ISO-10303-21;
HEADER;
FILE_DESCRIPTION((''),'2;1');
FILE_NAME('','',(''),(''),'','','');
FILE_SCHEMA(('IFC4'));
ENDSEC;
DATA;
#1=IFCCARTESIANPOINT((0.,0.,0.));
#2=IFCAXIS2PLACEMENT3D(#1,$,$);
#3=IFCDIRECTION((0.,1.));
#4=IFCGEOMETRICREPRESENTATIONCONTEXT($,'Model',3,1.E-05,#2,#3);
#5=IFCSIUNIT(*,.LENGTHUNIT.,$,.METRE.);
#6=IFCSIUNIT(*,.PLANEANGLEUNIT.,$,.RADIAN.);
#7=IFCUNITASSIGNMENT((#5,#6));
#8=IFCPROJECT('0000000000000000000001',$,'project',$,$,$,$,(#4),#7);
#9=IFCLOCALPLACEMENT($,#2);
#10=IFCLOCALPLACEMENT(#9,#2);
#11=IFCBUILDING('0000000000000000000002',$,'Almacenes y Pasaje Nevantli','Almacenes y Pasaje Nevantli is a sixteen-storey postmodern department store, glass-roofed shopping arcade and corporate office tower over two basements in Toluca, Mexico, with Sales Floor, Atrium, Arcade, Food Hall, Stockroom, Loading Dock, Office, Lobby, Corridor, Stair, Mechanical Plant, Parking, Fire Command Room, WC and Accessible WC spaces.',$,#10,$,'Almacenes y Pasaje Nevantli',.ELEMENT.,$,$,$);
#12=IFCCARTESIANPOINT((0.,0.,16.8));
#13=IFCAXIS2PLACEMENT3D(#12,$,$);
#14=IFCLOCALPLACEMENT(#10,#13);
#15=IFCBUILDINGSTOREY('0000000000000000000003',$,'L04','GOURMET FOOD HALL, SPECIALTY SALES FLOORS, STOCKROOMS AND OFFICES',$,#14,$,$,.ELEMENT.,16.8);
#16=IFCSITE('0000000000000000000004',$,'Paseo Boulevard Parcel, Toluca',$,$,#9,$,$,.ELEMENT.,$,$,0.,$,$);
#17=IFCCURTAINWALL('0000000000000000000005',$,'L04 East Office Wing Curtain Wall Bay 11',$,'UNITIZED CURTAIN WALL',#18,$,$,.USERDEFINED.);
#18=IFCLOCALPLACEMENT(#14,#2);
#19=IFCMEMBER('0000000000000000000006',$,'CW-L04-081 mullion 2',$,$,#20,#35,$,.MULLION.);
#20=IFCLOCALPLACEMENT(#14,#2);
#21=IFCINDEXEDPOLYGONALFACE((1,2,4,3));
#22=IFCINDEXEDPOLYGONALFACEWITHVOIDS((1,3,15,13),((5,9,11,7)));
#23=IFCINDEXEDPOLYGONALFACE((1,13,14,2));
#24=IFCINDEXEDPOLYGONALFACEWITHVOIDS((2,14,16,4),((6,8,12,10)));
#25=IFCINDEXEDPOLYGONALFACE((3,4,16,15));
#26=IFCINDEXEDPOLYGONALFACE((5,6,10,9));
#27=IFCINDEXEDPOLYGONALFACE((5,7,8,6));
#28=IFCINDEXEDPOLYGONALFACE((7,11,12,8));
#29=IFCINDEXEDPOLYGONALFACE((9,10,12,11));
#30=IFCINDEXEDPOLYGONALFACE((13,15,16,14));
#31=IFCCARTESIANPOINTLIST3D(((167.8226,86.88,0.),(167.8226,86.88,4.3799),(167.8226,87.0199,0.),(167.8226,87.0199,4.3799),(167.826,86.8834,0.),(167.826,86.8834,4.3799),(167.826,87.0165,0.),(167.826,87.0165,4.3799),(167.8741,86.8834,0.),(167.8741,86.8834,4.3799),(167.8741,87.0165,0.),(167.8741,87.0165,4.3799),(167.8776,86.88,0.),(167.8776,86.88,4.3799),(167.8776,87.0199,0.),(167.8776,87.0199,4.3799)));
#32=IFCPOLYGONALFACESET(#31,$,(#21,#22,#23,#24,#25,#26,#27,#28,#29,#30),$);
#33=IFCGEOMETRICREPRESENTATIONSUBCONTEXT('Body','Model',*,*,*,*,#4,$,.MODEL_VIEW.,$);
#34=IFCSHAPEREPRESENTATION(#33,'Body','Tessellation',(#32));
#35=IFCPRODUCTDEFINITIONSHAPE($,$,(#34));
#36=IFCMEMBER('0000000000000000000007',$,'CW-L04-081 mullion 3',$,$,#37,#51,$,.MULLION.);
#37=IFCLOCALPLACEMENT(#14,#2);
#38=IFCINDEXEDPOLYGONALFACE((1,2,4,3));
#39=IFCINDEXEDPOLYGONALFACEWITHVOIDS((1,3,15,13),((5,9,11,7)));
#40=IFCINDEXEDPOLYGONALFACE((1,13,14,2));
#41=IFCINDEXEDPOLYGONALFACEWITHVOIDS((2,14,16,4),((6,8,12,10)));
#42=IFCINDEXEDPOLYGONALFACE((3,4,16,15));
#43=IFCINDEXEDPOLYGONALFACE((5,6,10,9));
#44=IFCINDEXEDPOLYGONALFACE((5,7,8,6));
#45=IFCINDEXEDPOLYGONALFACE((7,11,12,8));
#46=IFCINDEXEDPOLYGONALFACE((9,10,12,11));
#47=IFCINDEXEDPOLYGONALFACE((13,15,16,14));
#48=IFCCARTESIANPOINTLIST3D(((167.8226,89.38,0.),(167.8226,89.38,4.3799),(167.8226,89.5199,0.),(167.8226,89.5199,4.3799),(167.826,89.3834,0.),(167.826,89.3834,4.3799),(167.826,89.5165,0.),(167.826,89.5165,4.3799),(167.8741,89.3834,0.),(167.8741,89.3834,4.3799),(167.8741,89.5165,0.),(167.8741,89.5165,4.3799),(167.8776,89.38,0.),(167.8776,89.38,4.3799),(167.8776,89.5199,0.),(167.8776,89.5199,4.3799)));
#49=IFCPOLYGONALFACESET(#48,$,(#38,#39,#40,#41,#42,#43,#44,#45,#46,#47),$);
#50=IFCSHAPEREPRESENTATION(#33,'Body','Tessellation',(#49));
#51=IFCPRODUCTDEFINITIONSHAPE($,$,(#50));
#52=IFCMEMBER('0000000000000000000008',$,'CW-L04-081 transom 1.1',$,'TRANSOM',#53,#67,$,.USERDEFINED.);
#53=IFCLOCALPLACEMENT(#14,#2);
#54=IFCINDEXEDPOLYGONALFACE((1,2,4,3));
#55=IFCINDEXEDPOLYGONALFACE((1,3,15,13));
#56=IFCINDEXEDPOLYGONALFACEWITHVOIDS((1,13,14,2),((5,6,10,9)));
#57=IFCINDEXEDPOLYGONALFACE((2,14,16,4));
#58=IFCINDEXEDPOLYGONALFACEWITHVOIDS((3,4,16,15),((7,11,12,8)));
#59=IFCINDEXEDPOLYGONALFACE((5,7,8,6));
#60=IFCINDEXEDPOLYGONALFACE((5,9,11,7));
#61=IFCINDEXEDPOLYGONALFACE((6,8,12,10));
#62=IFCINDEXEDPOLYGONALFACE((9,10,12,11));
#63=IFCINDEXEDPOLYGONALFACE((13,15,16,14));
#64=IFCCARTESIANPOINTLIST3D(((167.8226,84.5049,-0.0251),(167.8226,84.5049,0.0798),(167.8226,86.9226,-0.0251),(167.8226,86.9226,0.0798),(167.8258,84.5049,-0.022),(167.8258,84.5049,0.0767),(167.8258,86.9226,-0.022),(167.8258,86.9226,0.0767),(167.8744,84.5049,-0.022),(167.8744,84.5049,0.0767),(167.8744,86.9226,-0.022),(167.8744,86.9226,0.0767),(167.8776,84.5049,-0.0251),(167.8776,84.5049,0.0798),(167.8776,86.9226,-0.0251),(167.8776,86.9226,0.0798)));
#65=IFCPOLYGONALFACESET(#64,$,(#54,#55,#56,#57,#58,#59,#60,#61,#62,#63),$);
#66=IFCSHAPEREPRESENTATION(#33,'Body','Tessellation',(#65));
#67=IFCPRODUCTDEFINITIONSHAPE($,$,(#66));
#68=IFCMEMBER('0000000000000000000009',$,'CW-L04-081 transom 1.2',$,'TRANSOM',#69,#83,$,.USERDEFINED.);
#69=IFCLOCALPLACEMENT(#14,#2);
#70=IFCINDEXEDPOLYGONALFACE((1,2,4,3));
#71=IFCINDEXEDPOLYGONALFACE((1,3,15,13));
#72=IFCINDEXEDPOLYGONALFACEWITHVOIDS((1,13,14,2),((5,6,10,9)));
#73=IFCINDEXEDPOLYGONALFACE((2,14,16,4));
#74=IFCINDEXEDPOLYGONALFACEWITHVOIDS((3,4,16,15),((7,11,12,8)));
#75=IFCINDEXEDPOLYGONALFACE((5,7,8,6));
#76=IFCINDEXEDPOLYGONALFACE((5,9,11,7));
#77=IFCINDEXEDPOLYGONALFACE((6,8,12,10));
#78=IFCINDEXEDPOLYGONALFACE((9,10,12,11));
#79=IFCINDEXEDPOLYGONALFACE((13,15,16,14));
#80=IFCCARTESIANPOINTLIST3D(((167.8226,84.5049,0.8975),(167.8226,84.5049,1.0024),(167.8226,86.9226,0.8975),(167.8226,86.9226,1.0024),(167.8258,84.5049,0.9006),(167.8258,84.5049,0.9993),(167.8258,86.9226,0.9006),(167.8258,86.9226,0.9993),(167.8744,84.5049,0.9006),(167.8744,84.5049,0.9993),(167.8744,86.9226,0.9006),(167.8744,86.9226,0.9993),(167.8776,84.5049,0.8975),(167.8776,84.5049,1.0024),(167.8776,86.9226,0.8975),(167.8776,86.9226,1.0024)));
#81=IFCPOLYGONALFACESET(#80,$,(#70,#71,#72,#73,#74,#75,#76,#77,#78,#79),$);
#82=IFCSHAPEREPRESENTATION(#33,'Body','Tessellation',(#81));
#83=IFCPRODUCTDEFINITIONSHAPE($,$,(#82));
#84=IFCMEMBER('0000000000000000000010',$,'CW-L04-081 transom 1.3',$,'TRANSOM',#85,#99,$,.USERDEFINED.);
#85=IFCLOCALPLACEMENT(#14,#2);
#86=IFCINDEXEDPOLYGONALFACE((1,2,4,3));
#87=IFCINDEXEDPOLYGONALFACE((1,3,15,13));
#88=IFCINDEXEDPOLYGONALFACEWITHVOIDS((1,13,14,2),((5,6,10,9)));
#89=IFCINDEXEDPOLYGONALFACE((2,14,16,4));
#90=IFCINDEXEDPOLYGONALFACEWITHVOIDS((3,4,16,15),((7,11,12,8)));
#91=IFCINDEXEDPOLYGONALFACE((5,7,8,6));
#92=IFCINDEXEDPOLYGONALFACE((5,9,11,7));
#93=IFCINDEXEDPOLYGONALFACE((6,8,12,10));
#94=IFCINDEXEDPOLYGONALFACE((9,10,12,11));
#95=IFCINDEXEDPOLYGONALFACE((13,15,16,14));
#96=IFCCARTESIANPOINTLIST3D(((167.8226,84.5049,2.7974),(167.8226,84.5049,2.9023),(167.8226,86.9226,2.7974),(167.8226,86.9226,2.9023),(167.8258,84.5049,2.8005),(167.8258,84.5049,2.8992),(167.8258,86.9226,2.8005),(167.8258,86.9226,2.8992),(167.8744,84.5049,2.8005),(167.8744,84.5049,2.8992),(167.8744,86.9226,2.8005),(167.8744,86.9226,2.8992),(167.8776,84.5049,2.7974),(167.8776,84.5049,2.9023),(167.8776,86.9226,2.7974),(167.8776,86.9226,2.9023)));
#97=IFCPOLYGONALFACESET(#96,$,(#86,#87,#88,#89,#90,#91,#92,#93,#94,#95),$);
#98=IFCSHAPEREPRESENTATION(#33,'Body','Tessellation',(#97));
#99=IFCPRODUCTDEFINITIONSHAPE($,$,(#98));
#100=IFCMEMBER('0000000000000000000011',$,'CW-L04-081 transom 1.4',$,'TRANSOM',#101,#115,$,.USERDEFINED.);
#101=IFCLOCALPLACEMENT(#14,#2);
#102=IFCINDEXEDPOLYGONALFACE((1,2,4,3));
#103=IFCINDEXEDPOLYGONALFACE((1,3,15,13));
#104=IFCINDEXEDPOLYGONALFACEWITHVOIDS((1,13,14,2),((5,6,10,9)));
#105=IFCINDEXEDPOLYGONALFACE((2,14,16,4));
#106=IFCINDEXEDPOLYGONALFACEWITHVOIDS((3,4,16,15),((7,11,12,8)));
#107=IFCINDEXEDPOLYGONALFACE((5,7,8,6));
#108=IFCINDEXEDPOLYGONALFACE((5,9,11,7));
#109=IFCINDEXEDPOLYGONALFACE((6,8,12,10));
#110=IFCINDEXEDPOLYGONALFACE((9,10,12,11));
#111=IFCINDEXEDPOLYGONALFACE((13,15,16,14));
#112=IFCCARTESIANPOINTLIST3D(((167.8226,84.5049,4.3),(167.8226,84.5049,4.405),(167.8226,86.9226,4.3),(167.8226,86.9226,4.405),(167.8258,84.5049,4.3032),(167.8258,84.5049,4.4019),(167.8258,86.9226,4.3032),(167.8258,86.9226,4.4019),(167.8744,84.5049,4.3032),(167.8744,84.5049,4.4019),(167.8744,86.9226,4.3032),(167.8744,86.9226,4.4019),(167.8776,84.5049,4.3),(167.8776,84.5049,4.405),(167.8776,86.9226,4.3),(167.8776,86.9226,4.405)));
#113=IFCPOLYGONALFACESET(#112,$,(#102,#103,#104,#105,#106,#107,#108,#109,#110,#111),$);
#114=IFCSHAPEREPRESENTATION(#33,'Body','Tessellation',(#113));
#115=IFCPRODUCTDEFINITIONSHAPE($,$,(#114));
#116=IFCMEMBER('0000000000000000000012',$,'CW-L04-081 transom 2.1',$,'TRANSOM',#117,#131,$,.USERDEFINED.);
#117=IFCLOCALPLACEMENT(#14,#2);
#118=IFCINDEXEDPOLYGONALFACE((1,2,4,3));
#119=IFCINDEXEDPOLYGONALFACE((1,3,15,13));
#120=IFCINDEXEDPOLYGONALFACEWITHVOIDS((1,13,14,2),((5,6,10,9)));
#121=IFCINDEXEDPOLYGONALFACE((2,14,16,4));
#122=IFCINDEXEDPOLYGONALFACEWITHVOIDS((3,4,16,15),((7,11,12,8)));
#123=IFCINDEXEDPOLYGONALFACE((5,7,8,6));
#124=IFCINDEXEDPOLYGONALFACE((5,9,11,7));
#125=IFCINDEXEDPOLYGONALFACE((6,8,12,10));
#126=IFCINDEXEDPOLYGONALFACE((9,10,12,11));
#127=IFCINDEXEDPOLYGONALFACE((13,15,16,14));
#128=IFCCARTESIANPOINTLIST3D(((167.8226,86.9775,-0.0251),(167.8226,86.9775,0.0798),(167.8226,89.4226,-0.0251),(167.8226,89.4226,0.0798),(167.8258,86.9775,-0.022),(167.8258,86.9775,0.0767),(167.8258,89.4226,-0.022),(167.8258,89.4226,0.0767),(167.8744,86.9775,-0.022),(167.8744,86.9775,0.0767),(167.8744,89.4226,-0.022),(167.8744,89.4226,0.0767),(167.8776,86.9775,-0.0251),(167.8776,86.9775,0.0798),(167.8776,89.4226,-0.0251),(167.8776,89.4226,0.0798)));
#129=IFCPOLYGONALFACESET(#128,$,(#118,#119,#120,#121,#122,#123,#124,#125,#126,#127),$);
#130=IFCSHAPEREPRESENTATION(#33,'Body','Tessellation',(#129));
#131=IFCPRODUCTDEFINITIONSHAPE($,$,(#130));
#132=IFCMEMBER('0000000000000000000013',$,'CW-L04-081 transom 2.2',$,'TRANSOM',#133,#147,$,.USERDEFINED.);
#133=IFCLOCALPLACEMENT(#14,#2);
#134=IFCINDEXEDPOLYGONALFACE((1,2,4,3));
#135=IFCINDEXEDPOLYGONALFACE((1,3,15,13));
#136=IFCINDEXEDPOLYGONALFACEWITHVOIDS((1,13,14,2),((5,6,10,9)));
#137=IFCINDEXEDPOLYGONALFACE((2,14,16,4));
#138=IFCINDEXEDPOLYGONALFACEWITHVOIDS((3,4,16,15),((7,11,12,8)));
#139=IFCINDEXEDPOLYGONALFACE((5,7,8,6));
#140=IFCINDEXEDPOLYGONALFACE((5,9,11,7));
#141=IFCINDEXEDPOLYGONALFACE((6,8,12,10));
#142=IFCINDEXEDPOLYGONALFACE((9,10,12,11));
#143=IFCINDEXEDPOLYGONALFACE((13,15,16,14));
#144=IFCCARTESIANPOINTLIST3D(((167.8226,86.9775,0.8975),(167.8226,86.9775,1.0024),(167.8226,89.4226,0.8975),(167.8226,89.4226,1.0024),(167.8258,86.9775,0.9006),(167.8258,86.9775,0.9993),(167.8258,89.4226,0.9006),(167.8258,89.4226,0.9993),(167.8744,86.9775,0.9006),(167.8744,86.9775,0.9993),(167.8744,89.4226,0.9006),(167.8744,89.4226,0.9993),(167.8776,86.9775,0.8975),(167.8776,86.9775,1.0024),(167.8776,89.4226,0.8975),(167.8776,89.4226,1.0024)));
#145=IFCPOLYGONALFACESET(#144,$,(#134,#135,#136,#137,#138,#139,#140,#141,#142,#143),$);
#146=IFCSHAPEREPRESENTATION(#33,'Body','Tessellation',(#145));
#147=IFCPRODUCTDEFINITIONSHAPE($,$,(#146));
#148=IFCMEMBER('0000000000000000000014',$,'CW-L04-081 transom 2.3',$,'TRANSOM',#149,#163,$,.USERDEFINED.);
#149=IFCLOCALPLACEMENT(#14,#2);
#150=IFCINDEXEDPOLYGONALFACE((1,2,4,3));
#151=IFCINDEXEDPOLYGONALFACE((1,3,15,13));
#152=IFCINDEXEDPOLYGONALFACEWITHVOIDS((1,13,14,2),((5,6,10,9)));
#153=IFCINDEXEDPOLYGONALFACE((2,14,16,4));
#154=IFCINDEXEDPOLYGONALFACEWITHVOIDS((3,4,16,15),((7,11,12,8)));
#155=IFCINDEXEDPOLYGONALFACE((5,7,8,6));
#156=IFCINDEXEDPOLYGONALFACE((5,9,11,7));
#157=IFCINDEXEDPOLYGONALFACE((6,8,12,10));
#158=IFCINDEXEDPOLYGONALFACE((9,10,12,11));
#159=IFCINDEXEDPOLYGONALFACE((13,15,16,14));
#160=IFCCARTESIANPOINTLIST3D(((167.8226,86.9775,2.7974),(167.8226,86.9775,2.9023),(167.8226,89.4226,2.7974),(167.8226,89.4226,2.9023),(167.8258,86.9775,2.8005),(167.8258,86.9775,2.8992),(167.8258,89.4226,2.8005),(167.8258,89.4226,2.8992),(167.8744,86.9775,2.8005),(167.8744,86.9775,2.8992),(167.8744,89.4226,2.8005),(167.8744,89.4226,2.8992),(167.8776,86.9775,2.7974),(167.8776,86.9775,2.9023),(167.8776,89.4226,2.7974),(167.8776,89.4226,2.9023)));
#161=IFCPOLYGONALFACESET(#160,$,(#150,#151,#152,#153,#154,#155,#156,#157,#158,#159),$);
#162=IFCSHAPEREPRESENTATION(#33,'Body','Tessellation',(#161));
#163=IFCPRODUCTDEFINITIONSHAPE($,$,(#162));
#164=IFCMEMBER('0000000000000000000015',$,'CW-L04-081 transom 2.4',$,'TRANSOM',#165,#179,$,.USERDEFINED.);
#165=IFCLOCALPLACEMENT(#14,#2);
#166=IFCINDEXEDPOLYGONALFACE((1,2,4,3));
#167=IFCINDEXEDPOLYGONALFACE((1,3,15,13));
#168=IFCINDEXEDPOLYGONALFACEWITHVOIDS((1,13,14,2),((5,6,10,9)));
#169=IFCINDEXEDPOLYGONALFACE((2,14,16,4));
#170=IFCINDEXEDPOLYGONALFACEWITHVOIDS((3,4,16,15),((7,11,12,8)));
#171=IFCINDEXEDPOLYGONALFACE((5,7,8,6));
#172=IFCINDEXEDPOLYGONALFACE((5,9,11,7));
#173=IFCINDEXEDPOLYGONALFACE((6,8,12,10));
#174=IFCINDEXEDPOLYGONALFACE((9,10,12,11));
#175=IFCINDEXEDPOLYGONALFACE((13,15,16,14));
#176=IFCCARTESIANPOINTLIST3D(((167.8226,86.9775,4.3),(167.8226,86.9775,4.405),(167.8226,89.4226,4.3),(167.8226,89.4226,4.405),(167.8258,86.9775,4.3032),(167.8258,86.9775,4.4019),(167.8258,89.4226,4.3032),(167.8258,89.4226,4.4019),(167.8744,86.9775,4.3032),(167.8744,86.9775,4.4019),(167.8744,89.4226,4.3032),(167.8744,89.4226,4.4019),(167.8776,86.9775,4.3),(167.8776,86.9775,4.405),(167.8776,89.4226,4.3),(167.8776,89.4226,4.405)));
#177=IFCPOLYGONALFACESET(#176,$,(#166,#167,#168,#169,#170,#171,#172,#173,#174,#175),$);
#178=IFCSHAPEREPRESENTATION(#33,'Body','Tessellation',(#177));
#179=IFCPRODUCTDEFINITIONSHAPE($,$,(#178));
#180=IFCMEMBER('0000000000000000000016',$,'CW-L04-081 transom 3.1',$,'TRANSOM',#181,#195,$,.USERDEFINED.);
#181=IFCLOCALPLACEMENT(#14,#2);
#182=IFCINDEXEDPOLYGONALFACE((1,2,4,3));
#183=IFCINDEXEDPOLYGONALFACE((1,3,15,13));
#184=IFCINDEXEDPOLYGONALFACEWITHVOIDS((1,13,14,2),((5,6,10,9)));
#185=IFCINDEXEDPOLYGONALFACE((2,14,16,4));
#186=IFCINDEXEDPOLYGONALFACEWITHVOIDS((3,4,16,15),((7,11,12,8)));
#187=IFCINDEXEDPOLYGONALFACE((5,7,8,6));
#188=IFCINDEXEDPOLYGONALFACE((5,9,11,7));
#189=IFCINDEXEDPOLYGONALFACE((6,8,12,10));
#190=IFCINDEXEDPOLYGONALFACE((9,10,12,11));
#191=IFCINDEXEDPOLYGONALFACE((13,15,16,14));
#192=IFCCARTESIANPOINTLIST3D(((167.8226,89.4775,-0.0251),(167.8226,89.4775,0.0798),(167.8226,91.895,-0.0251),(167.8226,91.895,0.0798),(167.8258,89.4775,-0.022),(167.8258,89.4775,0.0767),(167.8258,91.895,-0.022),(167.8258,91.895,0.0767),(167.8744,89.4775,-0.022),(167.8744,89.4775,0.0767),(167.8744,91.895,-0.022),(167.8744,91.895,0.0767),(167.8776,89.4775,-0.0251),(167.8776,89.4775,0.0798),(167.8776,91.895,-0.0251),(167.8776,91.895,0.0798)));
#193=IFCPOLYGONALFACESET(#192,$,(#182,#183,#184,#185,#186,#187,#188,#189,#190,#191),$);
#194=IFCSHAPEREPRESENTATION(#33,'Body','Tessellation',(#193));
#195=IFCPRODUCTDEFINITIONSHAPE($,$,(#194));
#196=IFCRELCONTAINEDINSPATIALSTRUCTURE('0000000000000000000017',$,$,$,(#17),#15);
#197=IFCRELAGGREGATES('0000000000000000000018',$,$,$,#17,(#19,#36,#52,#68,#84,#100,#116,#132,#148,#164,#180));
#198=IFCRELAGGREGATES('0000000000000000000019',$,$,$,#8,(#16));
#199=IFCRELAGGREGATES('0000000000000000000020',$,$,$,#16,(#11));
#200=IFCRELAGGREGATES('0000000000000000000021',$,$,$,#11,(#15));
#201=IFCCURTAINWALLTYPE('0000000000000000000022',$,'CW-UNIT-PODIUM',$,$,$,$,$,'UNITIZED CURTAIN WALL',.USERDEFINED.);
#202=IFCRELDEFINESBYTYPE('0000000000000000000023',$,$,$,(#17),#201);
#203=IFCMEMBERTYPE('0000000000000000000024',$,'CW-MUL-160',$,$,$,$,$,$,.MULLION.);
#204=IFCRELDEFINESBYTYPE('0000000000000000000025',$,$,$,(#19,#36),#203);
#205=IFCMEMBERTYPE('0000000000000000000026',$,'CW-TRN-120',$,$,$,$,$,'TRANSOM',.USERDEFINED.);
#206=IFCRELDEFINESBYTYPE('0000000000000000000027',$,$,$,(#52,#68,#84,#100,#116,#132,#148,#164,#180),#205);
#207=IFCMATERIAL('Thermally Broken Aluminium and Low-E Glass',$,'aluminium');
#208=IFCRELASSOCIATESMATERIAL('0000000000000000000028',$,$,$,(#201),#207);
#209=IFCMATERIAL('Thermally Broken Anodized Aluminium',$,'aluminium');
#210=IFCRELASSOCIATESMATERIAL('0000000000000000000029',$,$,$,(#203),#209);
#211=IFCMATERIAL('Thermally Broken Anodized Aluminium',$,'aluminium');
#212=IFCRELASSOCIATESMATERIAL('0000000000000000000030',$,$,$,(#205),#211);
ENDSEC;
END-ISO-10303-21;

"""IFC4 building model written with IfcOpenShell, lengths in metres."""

from ifc_helpers import new_model, si_unit, direction, frame, origin, origin_2d, place, context, subcontext, project, spatial, hollow_rectangle, extrude, material, material_profile, profile_set, type_object, element, aggregate, save


model = new_model("IFC4")

# Units and contexts
model_context = context("Model", 3, precision=1e-05, world=origin(), true_north=direction((0.0, 1.0)))
body_context = subcontext(model_context, "Body", "Model", "MODEL_VIEW")
ifc_project = project(units=[si_unit("LENGTHUNIT", "METRE"), si_unit("PLANEANGLEUNIT", "RADIAN")], contexts=[model_context])

# Site, building, storey
site_placement = place(None, origin())
site = spatial("IfcSite", under=ifc_project, at=site_placement, Name="Paseo Boulevard Parcel, Toluca", CompositionType="ELEMENT", RefElevation=0.0)
building_placement = place(site_placement, origin())
building = spatial("IfcBuilding", under=site, at=building_placement, Name="Almacenes y Pasaje Nevantli", Description="Almacenes y Pasaje Nevantli is a sixteen-storey postmodern department store, glass-roofed shopping arcade and corporate office tower over two basements in Toluca, Mexico, with Sales Floor, Atrium, Arcade, Food Hall, Stockroom, Loading Dock, Office, Lobby, Corridor, Stair, Mechanical Plant, Parking, Fire Command Room, WC and Accessible WC spaces.", LongName="Almacenes y Pasaje Nevantli", CompositionType="ELEMENT")
storey_placement = place(building_placement, frame((0.0, 0.0, 16.8)))
storey = spatial("IfcBuildingStorey", under=building, at=storey_placement, Name="L04", Description="GOURMET FOOD HALL, SPECIALTY SALES FLOORS, STOCKROOMS AND OFFICES", CompositionType="ELEMENT", Elevation=16.8)

# Curtain wall, members
ifc_material_1 = material(Name="Thermally Broken Aluminium and Low-E Glass", Category="aluminium")
curtain_wall_type = type_object("IfcCurtainWallType", Name="CW-UNIT-PODIUM", ElementType="UNITIZED CURTAIN WALL", PredefinedType="USERDEFINED", material=ifc_material_1)
curtain_wall_placement = place(storey_placement, origin())
curtain_wall = element("IfcCurtainWall", 1, at=curtain_wall_placement, inside=storey, type_object=curtain_wall_type, Name="L04 East Office Wing Curtain Wall Bay 11", ObjectType="UNITIZED CURTAIN WALL", PredefinedType="USERDEFINED")
ifc_material_2 = material(Name="Thermally Broken Anodized Aluminium", Category="aluminium")
ifc_material_profile_1 = material_profile(ifc_material_2, hollow_rectangle(XDim=0.0549, YDim=0.1399, WallThickness=0.0034, at=origin_2d()), Name="ALU-MUL-55x140")
ifc_profile_set_1 = profile_set([ifc_material_profile_1], Name="Thermally Broken Anodized Aluminium")
member_type_1 = type_object("IfcMemberType", Name="CW-MUL-160", PredefinedType="MULLION", material=ifc_profile_set_1)
member_1_placement = place(storey_placement, frame((167.8501, 86.95, 0.0), z_axis=(0.0, 0.0, 1.0), x_axis=(-1.0, 0.0, 0.0)))
member_1 = element("IfcMember", 2, at=member_1_placement, type_object=member_type_1, Name="CW-L04-081 mullion 2", PredefinedType="MULLION", context=body_context, shape_type="SweptSolid", body=[
    extrude(hollow_rectangle(XDim=0.0549, YDim=0.1399, WallThickness=0.0034, at=origin_2d()), origin(), (0.0, 0.0, 1.0), 4.3799),
])
member_2_placement = place(storey_placement, frame((167.8501, 89.45, 0.0), z_axis=(0.0, 0.0, 1.0), x_axis=(-1.0, 0.0, 0.0)))
member_2 = element("IfcMember", 3, at=member_2_placement, type_object=member_type_1, Name="CW-L04-081 mullion 3", PredefinedType="MULLION", context=body_context, shape_type="SweptSolid", body=[
    extrude(hollow_rectangle(XDim=0.0549, YDim=0.1399, WallThickness=0.0034, at=origin_2d()), origin(), (0.0, 0.0, 1.0), 4.3799),
])
ifc_material_3 = material(Name="Thermally Broken Anodized Aluminium", Category="aluminium")
ifc_material_profile_2 = material_profile(ifc_material_3, hollow_rectangle(XDim=0.0549, YDim=0.105, WallThickness=0.0032, at=origin_2d()), Name="ALU-TRN-55x105")
ifc_profile_set_2 = profile_set([ifc_material_profile_2], Name="Thermally Broken Anodized Aluminium")
member_type_2 = type_object("IfcMemberType", Name="CW-TRN-120", ElementType="TRANSOM", PredefinedType="USERDEFINED", material=ifc_profile_set_2)
member_3_placement = place(storey_placement, frame((167.8501, 84.5049, 0.0273), z_axis=(0.0, 1.0, 0.0), x_axis=(-1.0, 0.0, 0.0)))
member_3 = element("IfcMember", 4, at=member_3_placement, type_object=member_type_2, Name="CW-L04-081 transom 1.1", ObjectType="TRANSOM", PredefinedType="USERDEFINED", context=body_context, shape_type="SweptSolid", body=[
    extrude(hollow_rectangle(XDim=0.0549, YDim=0.105, WallThickness=0.0032, at=origin_2d()), origin(), (0.0, 0.0, 1.0), 2.4177),
])
member_4_placement = place(storey_placement, frame((167.8501, 84.5049, 0.95), z_axis=(0.0, 1.0, 0.0), x_axis=(-1.0, 0.0, 0.0)))
member_4 = element("IfcMember", 5, at=member_4_placement, type_object=member_type_2, Name="CW-L04-081 transom 1.2", ObjectType="TRANSOM", PredefinedType="USERDEFINED", context=body_context, shape_type="SweptSolid", body=[
    extrude(hollow_rectangle(XDim=0.0549, YDim=0.105, WallThickness=0.0032, at=origin_2d()), origin(), (0.0, 0.0, 1.0), 2.4177),
])
member_5_placement = place(storey_placement, frame((167.8501, 84.5049, 2.8499), z_axis=(0.0, 1.0, 0.0), x_axis=(-1.0, 0.0, 0.0)))
member_5 = element("IfcMember", 6, at=member_5_placement, type_object=member_type_2, Name="CW-L04-081 transom 1.3", ObjectType="TRANSOM", PredefinedType="USERDEFINED", context=body_context, shape_type="SweptSolid", body=[
    extrude(hollow_rectangle(XDim=0.0549, YDim=0.105, WallThickness=0.0032, at=origin_2d()), origin(), (0.0, 0.0, 1.0), 2.4177),
])
member_6_placement = place(storey_placement, frame((167.8501, 84.5049, 4.3525), z_axis=(0.0, 1.0, 0.0), x_axis=(-1.0, 0.0, 0.0)))
member_6 = element("IfcMember", 7, at=member_6_placement, type_object=member_type_2, Name="CW-L04-081 transom 1.4", ObjectType="TRANSOM", PredefinedType="USERDEFINED", context=body_context, shape_type="SweptSolid", body=[
    extrude(hollow_rectangle(XDim=0.0549, YDim=0.105, WallThickness=0.0032, at=origin_2d()), origin(), (0.0, 0.0, 1.0), 2.4177),
])
member_7_placement = place(storey_placement, frame((167.8501, 86.9775, 0.0273), z_axis=(0.0, 1.0, 0.0), x_axis=(-1.0, 0.0, 0.0)))
member_7 = element("IfcMember", 8, at=member_7_placement, type_object=member_type_2, Name="CW-L04-081 transom 2.1", ObjectType="TRANSOM", PredefinedType="USERDEFINED", context=body_context, shape_type="SweptSolid", body=[
    extrude(hollow_rectangle(XDim=0.0549, YDim=0.105, WallThickness=0.0032, at=origin_2d()), origin(), (0.0, 0.0, 1.0), 2.4451),
])
member_8_placement = place(storey_placement, frame((167.8501, 86.9775, 0.95), z_axis=(0.0, 1.0, 0.0), x_axis=(-1.0, 0.0, 0.0)))
member_8 = element("IfcMember", 9, at=member_8_placement, type_object=member_type_2, Name="CW-L04-081 transom 2.2", ObjectType="TRANSOM", PredefinedType="USERDEFINED", context=body_context, shape_type="SweptSolid", body=[
    extrude(hollow_rectangle(XDim=0.0549, YDim=0.105, WallThickness=0.0032, at=origin_2d()), origin(), (0.0, 0.0, 1.0), 2.4451),
])
member_9_placement = place(storey_placement, frame((167.8501, 86.9775, 2.8499), z_axis=(0.0, 1.0, 0.0), x_axis=(-1.0, 0.0, 0.0)))
member_9 = element("IfcMember", 10, at=member_9_placement, type_object=member_type_2, Name="CW-L04-081 transom 2.3", ObjectType="TRANSOM", PredefinedType="USERDEFINED", context=body_context, shape_type="SweptSolid", body=[
    extrude(hollow_rectangle(XDim=0.0549, YDim=0.105, WallThickness=0.0032, at=origin_2d()), origin(), (0.0, 0.0, 1.0), 2.4451),
])
member_10_placement = place(storey_placement, frame((167.8501, 86.9775, 4.3525), z_axis=(0.0, 1.0, 0.0), x_axis=(-1.0, 0.0, 0.0)))
member_10 = element("IfcMember", 11, at=member_10_placement, type_object=member_type_2, Name="CW-L04-081 transom 2.4", ObjectType="TRANSOM", PredefinedType="USERDEFINED", context=body_context, shape_type="SweptSolid", body=[
    extrude(hollow_rectangle(XDim=0.0549, YDim=0.105, WallThickness=0.0032, at=origin_2d()), origin(), (0.0, 0.0, 1.0), 2.4451),
])
member_11_placement = place(storey_placement, frame((167.8501, 89.4775, 0.0273), z_axis=(0.0, 1.0, 0.0), x_axis=(-1.0, 0.0, 0.0)))
member_11 = element("IfcMember", 12, at=member_11_placement, type_object=member_type_2, Name="CW-L04-081 transom 3.1", ObjectType="TRANSOM", PredefinedType="USERDEFINED", context=body_context, shape_type="SweptSolid", body=[
    extrude(hollow_rectangle(XDim=0.0549, YDim=0.105, WallThickness=0.0032, at=origin_2d()), origin(), (0.0, 0.0, 1.0), 2.4175),
])
aggregate(curtain_wall, [member_1, member_2, member_3, member_4, member_5, member_6, member_7, member_8, member_9, member_10, member_11])

save(model, "model.ifc")
